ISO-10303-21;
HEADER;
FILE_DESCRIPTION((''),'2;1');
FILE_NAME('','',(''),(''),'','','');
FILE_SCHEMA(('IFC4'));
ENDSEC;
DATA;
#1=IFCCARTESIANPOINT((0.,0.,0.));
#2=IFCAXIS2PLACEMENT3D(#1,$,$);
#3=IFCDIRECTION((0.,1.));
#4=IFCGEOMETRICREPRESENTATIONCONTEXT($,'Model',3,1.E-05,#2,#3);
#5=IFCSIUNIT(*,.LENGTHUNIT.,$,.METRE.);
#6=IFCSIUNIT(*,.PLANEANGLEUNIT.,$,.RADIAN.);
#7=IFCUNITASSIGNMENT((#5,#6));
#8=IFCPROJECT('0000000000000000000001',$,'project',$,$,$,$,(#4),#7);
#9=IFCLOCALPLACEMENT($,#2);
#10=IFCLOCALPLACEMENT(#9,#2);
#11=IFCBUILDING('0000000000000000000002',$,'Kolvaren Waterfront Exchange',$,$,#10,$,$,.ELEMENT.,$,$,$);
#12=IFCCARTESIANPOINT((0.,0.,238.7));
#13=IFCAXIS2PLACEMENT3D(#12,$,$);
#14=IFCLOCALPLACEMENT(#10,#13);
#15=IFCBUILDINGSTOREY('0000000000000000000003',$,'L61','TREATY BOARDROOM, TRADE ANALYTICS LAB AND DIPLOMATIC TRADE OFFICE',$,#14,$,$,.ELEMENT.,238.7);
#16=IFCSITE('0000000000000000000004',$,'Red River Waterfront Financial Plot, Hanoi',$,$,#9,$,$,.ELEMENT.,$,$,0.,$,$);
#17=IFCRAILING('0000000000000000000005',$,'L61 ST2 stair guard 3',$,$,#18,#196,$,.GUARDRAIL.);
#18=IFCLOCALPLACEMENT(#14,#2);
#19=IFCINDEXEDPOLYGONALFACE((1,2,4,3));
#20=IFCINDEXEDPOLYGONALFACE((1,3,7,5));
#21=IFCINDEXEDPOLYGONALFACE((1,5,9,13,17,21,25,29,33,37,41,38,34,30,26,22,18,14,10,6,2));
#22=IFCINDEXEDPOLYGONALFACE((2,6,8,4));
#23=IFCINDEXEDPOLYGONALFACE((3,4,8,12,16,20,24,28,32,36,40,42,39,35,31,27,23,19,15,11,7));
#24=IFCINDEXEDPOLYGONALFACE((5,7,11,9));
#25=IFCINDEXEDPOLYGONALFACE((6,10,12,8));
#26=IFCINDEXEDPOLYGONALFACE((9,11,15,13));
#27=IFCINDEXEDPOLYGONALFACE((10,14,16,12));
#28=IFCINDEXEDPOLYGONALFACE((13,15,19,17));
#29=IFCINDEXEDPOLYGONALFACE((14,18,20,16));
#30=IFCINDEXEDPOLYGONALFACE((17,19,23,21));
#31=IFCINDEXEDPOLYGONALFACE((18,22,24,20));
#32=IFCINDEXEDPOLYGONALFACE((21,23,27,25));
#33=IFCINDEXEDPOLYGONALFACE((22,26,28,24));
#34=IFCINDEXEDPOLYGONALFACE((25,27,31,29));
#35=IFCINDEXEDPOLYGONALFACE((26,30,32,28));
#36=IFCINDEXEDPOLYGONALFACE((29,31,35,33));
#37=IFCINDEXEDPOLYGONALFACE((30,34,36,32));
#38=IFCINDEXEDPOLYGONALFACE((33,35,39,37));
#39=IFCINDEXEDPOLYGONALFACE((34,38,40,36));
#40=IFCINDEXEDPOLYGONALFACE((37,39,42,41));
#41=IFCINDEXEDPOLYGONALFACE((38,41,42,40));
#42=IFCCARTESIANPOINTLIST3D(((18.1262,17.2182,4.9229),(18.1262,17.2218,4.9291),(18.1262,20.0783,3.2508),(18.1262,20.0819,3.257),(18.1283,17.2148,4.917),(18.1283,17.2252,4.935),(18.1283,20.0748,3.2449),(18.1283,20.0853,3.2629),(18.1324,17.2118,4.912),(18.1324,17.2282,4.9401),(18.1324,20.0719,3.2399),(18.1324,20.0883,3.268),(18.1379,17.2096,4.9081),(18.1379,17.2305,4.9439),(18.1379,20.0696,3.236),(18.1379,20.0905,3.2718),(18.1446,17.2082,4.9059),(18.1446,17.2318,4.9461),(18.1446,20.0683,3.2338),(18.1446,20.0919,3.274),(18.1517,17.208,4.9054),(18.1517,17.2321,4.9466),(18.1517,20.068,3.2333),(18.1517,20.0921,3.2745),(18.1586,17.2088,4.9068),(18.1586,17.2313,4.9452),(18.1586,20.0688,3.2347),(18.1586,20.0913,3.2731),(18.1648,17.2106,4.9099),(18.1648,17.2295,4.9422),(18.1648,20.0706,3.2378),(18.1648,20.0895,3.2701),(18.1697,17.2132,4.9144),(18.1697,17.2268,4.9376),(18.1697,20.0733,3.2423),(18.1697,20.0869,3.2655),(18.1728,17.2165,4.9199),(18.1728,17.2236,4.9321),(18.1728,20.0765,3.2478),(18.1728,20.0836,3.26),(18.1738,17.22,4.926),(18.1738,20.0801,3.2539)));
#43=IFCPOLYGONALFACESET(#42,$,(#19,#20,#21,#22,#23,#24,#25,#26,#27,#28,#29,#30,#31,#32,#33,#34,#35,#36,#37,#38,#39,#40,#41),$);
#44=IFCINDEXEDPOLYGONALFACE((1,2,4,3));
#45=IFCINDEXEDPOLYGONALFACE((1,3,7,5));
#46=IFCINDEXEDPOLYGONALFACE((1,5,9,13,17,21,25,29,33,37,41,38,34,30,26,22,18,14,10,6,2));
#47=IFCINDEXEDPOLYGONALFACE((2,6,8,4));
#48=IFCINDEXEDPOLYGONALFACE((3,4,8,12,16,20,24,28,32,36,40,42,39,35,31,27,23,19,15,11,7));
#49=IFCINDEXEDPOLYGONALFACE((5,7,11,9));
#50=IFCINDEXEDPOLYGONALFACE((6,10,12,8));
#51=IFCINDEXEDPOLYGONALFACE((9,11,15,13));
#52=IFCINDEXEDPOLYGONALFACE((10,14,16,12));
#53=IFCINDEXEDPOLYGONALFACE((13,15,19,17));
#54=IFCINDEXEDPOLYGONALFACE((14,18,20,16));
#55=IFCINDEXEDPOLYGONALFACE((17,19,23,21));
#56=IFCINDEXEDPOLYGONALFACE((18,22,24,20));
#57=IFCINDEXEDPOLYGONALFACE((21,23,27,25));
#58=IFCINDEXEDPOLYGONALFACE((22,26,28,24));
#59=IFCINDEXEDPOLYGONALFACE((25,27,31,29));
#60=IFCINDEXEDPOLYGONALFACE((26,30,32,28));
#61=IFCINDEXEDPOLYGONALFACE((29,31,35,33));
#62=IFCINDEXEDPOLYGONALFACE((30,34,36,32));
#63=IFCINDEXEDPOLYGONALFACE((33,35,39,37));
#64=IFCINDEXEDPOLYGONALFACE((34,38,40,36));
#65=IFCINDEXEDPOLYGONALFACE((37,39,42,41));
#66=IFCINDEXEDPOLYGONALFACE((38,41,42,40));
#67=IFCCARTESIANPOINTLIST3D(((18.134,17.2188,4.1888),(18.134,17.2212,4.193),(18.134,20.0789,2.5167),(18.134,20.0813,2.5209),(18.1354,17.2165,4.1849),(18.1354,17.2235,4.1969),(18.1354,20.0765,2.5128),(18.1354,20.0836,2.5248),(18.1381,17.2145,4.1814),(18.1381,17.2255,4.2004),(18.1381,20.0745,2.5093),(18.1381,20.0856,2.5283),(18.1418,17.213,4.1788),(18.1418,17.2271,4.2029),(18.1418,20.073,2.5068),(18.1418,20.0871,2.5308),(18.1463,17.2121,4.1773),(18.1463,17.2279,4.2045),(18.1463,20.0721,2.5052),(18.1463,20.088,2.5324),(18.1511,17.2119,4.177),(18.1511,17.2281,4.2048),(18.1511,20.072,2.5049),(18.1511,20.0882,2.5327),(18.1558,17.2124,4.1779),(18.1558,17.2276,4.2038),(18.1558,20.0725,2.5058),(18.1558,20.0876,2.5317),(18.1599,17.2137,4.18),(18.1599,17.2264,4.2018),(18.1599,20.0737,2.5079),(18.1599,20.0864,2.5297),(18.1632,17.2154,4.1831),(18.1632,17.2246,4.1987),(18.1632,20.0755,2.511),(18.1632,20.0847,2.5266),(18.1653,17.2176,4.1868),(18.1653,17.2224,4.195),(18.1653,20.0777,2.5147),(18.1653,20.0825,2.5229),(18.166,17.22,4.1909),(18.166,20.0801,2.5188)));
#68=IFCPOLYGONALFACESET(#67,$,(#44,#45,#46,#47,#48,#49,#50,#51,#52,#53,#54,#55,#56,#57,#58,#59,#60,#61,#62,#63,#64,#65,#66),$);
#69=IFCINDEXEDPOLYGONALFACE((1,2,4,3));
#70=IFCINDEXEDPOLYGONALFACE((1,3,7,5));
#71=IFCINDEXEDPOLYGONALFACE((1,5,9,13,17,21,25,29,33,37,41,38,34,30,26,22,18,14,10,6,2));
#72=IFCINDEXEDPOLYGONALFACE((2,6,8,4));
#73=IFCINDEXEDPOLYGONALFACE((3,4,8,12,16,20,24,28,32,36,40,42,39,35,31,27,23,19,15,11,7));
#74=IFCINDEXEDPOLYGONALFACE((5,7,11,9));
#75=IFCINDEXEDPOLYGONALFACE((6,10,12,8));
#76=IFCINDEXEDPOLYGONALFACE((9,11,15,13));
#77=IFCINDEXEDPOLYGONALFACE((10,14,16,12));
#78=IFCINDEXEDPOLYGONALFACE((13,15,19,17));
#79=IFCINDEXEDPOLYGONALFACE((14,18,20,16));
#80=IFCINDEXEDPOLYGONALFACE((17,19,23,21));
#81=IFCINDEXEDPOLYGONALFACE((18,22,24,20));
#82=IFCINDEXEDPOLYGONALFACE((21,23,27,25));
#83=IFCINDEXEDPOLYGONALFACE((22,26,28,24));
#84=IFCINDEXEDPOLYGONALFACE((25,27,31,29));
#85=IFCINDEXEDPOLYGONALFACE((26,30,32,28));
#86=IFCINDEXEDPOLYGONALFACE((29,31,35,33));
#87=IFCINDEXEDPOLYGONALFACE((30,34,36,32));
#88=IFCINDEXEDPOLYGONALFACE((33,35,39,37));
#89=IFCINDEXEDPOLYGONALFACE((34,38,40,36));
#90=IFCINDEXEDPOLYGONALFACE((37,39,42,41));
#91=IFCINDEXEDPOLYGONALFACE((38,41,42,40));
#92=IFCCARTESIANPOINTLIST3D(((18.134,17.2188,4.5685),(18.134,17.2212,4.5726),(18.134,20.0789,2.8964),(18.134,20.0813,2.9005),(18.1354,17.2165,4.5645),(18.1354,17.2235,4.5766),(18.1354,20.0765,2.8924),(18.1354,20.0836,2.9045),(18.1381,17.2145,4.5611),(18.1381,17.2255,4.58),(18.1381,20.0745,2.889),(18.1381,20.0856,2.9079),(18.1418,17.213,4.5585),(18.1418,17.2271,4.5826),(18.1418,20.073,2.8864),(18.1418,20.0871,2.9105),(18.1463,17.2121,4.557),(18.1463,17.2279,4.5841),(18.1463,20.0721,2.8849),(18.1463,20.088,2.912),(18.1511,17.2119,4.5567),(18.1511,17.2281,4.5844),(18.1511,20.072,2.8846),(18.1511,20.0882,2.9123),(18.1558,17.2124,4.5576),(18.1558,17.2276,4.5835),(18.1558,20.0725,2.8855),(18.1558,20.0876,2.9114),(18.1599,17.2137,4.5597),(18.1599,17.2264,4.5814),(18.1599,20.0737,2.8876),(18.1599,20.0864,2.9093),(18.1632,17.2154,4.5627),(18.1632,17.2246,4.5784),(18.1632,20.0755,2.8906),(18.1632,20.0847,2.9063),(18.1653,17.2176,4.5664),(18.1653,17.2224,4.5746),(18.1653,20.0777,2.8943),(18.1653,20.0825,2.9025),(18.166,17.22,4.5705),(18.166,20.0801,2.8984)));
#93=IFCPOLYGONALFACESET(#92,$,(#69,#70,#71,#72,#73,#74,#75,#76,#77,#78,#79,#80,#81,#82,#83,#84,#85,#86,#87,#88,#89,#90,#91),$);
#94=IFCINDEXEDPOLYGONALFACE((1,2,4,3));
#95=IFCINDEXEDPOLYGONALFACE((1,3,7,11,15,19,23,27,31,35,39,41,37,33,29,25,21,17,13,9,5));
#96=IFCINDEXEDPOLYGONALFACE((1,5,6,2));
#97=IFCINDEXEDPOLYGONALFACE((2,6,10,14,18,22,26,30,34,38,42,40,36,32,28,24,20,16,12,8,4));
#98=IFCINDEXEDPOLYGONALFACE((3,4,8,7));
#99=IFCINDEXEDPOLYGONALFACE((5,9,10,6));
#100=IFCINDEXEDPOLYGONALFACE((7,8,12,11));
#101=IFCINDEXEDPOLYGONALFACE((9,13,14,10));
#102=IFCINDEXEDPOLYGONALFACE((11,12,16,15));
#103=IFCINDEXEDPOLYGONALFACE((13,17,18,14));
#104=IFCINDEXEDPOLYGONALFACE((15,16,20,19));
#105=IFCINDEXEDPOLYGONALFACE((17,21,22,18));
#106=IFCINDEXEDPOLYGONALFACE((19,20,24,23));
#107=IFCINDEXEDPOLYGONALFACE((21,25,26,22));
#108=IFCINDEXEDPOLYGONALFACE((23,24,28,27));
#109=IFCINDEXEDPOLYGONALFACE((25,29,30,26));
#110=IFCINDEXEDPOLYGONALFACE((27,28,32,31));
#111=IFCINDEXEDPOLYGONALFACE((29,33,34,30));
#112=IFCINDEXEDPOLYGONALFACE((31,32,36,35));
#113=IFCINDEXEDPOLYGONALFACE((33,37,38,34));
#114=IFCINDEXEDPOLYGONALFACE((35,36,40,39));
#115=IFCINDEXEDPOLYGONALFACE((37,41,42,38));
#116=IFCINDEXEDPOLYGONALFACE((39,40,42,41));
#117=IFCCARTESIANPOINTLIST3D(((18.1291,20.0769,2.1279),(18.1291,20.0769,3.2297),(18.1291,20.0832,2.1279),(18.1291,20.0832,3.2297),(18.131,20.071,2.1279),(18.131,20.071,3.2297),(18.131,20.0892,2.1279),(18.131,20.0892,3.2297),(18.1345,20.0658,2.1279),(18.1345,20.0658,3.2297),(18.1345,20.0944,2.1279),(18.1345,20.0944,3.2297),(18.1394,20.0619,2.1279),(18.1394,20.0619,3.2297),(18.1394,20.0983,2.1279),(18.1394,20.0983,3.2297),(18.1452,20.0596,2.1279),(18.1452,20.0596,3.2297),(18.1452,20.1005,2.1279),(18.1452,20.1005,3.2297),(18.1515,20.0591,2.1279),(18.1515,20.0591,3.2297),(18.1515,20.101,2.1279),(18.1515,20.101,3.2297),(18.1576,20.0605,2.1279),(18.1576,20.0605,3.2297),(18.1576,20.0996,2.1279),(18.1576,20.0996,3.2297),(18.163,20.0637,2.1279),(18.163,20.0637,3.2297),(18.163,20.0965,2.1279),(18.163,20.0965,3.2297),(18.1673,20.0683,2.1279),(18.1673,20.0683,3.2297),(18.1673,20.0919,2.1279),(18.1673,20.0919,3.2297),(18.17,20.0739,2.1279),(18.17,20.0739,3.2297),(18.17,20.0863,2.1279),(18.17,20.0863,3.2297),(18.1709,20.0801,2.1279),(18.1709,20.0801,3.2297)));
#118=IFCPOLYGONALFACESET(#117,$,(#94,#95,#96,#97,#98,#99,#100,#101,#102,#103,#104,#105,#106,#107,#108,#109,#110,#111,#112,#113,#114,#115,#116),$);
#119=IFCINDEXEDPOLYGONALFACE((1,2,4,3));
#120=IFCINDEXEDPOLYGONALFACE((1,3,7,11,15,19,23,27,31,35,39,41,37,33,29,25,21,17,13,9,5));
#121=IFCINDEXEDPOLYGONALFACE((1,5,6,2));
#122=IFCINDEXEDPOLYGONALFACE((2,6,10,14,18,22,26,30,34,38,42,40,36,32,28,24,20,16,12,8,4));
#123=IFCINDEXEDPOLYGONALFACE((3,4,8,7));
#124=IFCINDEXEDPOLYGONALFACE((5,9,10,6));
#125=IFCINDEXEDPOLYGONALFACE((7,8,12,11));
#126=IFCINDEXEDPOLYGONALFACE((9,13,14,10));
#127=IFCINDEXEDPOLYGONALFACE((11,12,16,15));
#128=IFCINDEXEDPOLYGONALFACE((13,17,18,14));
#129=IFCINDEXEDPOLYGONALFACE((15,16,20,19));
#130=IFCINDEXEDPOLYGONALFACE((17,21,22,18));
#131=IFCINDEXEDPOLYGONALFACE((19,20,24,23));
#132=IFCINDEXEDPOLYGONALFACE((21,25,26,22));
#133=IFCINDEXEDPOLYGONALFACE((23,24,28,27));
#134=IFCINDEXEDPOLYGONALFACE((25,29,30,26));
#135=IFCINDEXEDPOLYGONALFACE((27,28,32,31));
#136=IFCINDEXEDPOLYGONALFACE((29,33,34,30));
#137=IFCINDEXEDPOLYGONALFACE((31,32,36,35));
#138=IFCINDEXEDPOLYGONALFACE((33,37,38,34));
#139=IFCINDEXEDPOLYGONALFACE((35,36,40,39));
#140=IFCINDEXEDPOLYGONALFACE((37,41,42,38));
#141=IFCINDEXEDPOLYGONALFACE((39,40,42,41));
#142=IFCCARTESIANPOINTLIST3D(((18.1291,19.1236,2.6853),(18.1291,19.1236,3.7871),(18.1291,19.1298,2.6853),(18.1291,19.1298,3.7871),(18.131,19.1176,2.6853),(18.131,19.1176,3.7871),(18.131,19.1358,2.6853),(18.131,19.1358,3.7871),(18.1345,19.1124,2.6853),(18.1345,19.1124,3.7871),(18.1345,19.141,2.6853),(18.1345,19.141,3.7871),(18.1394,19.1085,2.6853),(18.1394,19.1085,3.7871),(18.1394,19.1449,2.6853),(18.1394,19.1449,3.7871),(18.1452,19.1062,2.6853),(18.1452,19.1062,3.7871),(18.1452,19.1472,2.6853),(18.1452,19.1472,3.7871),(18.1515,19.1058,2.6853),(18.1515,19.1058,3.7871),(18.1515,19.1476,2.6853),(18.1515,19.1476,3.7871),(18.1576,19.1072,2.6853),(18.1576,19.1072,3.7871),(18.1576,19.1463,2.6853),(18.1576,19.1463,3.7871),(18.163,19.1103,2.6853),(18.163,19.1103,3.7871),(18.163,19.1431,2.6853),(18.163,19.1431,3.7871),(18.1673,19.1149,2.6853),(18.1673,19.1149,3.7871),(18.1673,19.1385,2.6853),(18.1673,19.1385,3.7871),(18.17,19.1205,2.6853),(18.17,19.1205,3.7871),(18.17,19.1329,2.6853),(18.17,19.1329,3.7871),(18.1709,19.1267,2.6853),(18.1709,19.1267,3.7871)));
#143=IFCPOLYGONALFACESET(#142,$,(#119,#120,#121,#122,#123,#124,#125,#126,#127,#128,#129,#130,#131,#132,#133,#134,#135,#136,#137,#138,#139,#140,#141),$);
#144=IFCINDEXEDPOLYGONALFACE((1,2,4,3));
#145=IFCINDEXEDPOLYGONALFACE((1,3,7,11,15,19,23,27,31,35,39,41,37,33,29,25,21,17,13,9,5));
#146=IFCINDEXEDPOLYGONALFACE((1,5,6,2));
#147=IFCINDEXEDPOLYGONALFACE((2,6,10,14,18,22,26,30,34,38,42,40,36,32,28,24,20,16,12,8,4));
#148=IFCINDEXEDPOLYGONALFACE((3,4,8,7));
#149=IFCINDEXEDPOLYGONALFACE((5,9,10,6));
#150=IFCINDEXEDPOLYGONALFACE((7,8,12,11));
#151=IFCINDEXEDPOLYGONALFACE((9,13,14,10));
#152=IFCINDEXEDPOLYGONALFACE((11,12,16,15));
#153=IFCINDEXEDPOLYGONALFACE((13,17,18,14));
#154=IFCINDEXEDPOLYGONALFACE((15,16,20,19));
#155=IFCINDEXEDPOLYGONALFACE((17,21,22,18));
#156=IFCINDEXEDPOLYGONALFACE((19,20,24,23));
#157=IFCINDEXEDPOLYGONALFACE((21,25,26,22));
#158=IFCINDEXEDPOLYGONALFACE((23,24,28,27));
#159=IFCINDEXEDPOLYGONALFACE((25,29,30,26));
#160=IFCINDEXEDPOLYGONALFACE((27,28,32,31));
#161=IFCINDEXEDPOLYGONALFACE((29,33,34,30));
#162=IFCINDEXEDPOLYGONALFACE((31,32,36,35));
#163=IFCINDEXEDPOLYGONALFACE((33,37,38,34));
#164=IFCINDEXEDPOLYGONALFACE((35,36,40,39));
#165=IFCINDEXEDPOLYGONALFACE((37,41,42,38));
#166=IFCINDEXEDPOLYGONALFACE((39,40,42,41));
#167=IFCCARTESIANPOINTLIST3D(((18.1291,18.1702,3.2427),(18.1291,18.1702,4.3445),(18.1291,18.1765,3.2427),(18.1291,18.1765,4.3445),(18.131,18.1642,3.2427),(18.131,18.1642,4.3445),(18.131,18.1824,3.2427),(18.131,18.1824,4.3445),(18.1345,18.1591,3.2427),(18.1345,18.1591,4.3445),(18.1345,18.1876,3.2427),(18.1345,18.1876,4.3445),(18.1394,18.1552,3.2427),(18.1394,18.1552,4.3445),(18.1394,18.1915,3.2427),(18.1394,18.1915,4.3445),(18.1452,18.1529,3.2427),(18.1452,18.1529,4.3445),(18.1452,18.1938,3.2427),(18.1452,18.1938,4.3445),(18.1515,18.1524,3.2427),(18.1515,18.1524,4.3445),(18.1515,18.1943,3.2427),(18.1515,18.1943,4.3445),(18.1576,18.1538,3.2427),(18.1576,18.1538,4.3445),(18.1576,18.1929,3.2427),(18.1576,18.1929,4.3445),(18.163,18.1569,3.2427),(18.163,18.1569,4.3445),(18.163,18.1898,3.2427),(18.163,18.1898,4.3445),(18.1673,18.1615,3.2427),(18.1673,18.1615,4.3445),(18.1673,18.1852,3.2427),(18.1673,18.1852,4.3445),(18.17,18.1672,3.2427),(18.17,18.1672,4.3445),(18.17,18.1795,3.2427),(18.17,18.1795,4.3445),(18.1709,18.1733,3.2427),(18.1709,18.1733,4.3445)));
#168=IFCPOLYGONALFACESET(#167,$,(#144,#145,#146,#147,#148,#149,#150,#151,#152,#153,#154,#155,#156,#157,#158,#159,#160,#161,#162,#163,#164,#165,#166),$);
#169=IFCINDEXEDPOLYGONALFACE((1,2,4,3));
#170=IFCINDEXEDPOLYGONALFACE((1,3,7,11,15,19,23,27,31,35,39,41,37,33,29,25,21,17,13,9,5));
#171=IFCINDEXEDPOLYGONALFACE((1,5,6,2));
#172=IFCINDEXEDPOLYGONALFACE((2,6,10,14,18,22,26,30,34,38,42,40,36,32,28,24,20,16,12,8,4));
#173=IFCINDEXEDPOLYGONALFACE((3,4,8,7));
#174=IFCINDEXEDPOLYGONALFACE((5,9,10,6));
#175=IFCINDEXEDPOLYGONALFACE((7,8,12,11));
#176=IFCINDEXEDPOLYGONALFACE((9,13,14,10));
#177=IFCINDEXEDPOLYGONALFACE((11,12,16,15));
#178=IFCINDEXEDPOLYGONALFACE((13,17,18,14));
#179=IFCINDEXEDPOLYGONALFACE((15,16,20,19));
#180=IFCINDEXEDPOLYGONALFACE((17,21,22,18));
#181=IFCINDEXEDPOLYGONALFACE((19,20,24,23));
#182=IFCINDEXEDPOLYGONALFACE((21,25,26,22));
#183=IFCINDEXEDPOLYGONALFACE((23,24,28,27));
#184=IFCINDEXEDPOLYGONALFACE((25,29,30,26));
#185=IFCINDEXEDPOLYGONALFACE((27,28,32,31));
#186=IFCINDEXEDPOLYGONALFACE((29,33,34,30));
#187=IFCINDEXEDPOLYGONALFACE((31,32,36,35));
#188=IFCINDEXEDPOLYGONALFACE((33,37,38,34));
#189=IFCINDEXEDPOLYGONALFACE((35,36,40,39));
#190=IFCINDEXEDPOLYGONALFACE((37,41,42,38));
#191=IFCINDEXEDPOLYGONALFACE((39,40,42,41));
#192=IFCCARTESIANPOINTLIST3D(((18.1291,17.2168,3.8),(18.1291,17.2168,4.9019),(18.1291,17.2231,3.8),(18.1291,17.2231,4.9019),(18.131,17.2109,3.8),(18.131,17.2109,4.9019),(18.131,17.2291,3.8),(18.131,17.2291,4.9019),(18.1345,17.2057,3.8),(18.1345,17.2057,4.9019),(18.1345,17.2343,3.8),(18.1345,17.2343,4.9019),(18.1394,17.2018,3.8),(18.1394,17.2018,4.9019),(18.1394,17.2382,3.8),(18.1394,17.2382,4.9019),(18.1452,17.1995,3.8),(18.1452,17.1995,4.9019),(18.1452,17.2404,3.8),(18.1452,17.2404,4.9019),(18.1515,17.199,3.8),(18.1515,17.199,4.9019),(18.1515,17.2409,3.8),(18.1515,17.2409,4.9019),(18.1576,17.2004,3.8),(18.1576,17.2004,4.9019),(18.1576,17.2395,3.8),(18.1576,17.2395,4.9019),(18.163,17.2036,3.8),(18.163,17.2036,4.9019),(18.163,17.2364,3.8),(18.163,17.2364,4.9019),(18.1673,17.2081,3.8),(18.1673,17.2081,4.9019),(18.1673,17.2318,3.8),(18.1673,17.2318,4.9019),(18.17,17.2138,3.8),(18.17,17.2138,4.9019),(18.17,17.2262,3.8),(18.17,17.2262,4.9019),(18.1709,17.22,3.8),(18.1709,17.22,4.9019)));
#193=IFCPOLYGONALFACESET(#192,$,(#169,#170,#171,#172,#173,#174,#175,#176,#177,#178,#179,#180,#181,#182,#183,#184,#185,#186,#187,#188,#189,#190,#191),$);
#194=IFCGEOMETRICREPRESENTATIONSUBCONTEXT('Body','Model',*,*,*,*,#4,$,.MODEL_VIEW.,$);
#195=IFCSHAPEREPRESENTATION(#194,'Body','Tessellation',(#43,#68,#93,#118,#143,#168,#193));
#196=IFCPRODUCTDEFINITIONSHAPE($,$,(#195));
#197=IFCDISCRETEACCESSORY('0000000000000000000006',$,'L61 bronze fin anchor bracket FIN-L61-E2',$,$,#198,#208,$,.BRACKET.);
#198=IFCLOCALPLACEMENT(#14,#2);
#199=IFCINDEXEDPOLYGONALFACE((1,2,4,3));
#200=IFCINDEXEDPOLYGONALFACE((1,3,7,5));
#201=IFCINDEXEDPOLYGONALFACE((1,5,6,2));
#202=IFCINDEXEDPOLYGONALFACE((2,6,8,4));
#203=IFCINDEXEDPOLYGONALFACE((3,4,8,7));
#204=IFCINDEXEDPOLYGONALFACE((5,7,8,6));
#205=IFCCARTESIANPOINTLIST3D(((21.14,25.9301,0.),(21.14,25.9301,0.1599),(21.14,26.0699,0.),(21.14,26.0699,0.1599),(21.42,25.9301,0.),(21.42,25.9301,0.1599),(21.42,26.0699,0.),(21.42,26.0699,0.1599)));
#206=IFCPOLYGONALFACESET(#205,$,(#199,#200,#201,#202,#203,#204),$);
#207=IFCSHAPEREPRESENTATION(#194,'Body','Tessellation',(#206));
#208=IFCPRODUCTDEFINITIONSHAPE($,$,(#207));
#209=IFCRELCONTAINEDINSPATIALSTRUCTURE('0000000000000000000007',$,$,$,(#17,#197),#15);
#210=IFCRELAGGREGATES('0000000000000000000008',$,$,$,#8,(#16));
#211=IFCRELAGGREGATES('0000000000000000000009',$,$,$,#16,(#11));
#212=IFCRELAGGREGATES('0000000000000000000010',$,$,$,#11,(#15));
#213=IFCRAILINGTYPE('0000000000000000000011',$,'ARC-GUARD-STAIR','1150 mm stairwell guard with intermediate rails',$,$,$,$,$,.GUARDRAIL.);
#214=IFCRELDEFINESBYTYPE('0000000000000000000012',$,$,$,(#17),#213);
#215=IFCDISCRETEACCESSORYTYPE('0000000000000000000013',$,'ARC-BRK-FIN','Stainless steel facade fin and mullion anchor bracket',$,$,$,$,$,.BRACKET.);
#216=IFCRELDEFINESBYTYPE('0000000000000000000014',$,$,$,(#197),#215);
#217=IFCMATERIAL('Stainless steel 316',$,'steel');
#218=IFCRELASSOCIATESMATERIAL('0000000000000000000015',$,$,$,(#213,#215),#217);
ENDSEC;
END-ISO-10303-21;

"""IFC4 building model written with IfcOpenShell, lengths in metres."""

from ifc_helpers import new_model, si_unit, direction, frame, origin, origin_with_axes, origin_2d, place, context, subcontext, project, spatial, rectangle, circle, extrude, source, transform, mapped, material, type_object, element, save


model = new_model("IFC4")

# Units and contexts
model_context = context("Model", 3, precision=1e-05, world=origin(), true_north=direction((0.0, 1.0)))
body_context = subcontext(model_context, "Body", "Model", "MODEL_VIEW")
ifc_project = project(units=[si_unit("LENGTHUNIT", "METRE"), si_unit("PLANEANGLEUNIT", "RADIAN")], contexts=[model_context])

# Site, building, storey
site_placement = place(None, origin())
site = spatial("IfcSite", under=ifc_project, at=site_placement, Name="Red River Waterfront Financial Plot, Hanoi", CompositionType="ELEMENT", RefElevation=0.0)
building_placement = place(site_placement, origin())
building = spatial("IfcBuilding", under=site, at=building_placement, Name="Kolvaren Waterfront Exchange", CompositionType="ELEMENT")
storey_placement = place(building_placement, frame((0.0, 0.0, 238.7)))
storey = spatial("IfcBuildingStorey", under=building, at=storey_placement, Name="L61", Description="TREATY BOARDROOM, TRADE ANALYTICS LAB AND DIPLOMATIC TRADE OFFICE", CompositionType="ELEMENT", Elevation=238.7)

# Railing
ifc_material_1 = material(Name="Stainless steel 316", Category="steel")
railing_type = type_object("IfcRailingType", Name="ARC-GUARD-STAIR", Description="1150 mm stairwell guard with intermediate rails", PredefinedType="GUARDRAIL", material=ifc_material_1)
railing_1_placement = place(storey_placement, frame((18.1499, 20.0801, 2.1279)))
element("IfcRailing", 1, at=railing_1_placement, inside=storey, type_object=railing_type, Name="L61 ST2 stair guard 3", PredefinedType="GUARDRAIL", context=body_context, shape_type="SweptSolid", body=[
    extrude(circle(Radius=0.0239, at=origin_2d()), frame((0.0, 0.0, 1.126), z_axis=(0.0, -0.863289, 0.504709), x_axis=(1.0, 0.0, 0.0)), (0.0, 0.0, 1.0), 3.313),
    extrude(circle(Radius=0.0161, at=origin_2d()), frame((0.0, 0.0, 0.3909), z_axis=(0.0, -0.863289, 0.504709), x_axis=(1.0, 0.0, 0.0)), (0.0, 0.0, 1.0), 3.313),
    extrude(circle(Radius=0.0161, at=origin_2d()), frame((0.0, 0.0, 0.7705), z_axis=(0.0, -0.863289, 0.504709), x_axis=(1.0, 0.0, 0.0)), (0.0, 0.0, 1.0), 3.313),
    extrude(circle(Radius=0.021, at=origin_2d()), origin(), (0.0, 0.0, 1.0), 1.1018),
    extrude(circle(Radius=0.021, at=origin_2d()), frame((0.0, -0.9534, 0.5574)), (0.0, 0.0, 1.0), 1.1018),
    extrude(circle(Radius=0.021, at=origin_2d()), frame((0.0, -1.9067, 1.1147)), (0.0, 0.0, 1.0), 1.1018),
    extrude(circle(Radius=0.021, at=origin_2d()), frame((0.0, -2.8601, 1.6721)), (0.0, 0.0, 1.0), 1.1018),
])

# Discrete accessory
discrete_accessory_type = type_object("IfcDiscreteAccessoryType", Name="ARC-BRK-FIN", Description="Stainless steel facade fin and mullion anchor bracket", PredefinedType="BRACKET", material=ifc_material_1)
shared_shape_1 = source(origin_with_axes(), body_context, "Body", "SweptSolid", [
    extrude(rectangle(XDim=0.28, YDim=0.1399, at=origin_2d()), origin(), (0.0, 0.0, 1.0), 0.1599),
])
for number, where, z_axis, x_axis, name in (
    (2, (21.28, 26.0, 0.0), (0.0, 0.0, 1.0), (1.0, 0.0, 0.0), "L61 bronze fin anchor bracket FIN-L61-E2"),
):
    element("IfcDiscreteAccessory", number, at=place(storey_placement, frame(where, z_axis=z_axis, x_axis=x_axis)), inside=storey, type_object=discrete_accessory_type, Name=name, PredefinedType="BRACKET", context=body_context, shape_type="MappedRepresentation", body=[
        mapped(shared_shape_1, transform((0.0, 0.0, 0.0), x_axis=(1.0, 0.0, 0.0), y_axis=(0.0, 1.0, 0.0), z_axis=(0.0, 0.0, 1.0), scale=1.0)),
    ])

save(model, "model.ifc")
